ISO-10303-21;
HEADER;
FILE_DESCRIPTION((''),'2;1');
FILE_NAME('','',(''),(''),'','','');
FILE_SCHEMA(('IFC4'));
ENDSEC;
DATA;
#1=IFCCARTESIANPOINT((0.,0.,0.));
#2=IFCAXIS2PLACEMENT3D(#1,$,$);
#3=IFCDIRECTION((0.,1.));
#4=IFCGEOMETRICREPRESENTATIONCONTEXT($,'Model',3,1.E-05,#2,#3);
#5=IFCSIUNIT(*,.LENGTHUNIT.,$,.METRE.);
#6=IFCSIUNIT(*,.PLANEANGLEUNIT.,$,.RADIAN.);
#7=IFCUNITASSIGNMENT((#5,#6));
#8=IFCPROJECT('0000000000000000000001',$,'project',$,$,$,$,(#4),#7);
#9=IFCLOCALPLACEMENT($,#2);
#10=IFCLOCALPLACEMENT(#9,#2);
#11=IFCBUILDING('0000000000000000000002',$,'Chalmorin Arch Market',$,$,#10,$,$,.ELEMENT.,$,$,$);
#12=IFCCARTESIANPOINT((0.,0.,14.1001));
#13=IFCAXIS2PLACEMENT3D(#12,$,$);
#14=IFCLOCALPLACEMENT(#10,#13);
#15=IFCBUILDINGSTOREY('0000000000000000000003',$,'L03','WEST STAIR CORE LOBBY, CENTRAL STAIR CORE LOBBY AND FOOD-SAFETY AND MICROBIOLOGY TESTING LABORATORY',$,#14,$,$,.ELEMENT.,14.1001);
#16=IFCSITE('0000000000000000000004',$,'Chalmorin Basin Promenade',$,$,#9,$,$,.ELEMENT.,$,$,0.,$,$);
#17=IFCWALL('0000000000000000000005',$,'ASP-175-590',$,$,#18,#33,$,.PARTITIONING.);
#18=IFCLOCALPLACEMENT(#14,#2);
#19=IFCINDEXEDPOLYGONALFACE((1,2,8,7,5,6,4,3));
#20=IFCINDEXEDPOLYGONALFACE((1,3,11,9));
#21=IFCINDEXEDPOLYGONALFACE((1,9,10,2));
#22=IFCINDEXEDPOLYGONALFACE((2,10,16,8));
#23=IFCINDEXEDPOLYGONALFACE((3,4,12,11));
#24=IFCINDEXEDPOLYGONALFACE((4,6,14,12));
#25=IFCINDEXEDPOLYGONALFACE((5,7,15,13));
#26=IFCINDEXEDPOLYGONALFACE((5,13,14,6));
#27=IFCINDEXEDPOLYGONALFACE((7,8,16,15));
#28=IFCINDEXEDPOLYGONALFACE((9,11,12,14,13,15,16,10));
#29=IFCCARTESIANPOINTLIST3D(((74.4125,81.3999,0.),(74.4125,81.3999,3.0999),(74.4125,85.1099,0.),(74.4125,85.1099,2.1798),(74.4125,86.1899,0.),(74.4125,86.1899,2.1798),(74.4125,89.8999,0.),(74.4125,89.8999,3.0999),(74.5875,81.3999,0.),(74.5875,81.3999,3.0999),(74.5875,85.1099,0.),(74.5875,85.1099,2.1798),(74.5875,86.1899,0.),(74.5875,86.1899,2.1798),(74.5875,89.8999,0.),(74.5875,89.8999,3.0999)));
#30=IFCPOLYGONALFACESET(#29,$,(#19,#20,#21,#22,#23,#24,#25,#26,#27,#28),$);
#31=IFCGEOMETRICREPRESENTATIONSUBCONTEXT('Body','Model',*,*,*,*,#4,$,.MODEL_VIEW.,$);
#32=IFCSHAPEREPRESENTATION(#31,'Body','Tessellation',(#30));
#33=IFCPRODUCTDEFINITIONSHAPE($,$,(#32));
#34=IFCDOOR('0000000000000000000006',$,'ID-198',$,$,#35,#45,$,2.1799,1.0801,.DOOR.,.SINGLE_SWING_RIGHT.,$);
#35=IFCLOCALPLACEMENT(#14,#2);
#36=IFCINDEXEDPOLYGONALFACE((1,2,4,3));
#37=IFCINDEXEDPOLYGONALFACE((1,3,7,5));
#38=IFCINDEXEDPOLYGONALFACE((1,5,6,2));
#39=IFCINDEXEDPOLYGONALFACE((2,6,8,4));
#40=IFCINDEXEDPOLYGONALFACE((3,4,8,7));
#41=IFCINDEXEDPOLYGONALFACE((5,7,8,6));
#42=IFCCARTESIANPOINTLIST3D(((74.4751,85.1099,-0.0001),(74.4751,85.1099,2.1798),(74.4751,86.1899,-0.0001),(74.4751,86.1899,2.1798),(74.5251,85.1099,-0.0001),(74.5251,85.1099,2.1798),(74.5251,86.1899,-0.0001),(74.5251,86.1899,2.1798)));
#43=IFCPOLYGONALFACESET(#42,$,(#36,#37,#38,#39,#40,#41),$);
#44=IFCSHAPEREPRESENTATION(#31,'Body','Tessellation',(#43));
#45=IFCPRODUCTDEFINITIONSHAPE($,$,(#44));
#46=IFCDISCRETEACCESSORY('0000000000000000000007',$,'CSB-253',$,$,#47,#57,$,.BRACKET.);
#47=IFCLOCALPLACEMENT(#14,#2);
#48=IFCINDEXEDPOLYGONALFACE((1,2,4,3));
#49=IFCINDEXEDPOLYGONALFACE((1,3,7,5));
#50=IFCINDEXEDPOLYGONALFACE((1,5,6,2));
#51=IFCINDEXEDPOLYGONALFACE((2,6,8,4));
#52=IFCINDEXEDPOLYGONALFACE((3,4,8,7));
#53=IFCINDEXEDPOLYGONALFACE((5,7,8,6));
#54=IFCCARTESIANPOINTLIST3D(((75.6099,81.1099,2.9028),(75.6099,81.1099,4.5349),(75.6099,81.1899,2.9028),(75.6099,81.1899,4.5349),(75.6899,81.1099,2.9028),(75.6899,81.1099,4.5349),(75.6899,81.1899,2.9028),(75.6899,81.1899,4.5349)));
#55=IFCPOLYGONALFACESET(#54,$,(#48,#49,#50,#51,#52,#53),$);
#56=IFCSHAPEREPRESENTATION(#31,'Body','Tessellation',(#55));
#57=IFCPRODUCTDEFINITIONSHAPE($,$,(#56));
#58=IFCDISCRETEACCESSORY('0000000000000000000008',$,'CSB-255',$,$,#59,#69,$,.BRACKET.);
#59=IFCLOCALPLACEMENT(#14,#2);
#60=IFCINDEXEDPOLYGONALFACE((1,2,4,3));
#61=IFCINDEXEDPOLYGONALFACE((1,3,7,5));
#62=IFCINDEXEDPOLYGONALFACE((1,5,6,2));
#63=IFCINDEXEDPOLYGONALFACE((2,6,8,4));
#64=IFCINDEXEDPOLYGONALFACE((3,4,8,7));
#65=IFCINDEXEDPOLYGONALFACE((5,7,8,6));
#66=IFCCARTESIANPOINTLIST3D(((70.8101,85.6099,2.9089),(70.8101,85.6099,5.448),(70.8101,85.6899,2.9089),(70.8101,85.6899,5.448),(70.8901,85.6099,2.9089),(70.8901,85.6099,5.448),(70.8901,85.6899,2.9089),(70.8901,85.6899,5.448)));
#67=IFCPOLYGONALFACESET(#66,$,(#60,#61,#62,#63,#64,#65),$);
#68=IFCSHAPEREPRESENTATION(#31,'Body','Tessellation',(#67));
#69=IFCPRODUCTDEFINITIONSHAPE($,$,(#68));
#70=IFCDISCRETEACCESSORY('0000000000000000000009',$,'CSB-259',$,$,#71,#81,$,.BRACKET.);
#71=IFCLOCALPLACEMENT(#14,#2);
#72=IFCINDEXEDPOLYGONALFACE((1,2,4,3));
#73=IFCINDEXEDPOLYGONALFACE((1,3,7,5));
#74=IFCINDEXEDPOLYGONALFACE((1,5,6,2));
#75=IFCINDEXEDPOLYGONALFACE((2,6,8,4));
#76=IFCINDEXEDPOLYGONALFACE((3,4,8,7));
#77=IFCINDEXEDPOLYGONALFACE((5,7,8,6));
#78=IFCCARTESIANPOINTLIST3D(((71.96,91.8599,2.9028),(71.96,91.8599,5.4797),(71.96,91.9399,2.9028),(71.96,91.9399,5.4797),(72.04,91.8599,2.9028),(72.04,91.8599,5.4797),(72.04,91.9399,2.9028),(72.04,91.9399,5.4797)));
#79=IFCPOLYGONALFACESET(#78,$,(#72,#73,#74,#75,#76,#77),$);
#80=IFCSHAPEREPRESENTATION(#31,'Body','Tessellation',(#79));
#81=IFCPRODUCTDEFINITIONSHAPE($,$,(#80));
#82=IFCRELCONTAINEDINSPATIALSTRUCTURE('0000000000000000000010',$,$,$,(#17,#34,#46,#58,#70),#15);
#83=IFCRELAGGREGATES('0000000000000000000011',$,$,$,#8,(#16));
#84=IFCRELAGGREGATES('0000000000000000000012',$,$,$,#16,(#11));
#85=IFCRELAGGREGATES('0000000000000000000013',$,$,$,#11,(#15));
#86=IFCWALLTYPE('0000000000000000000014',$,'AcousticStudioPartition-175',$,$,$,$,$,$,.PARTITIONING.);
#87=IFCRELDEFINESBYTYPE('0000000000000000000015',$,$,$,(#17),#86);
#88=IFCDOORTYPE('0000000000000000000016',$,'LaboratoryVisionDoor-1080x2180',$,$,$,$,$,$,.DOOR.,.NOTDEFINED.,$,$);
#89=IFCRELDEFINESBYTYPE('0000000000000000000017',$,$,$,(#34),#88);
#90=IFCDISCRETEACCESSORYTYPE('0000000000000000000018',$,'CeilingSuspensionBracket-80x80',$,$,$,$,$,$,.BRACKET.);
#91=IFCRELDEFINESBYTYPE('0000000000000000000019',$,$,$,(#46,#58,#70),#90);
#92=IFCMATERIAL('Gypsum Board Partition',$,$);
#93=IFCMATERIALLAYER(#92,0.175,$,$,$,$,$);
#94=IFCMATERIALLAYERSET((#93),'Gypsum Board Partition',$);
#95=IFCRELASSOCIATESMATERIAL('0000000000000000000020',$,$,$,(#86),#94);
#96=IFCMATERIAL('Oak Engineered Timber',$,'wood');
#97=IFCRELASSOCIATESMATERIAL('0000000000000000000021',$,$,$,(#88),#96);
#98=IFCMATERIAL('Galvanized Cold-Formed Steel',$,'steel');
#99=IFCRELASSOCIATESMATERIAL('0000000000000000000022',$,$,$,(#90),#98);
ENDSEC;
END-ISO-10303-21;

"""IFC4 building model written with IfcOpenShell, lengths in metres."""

from ifc_helpers import new_model, si_unit, direction, frame, frame_2d, origin, origin_2d, place, context, subcontext, project, spatial, rectangle, extrude, material, layer, layer_set, type_object, element, fill, save


model = new_model("IFC4")

# Units and contexts
model_context = context("Model", 3, precision=1e-05, world=origin(), true_north=direction((0.0, 1.0)))
body_context = subcontext(model_context, "Body", "Model", "MODEL_VIEW")
ifc_project = project(units=[si_unit("LENGTHUNIT", "METRE"), si_unit("PLANEANGLEUNIT", "RADIAN")], contexts=[model_context])

# Site, building, storey
site_placement = place(None, origin())
site = spatial("IfcSite", under=ifc_project, at=site_placement, Name="Chalmorin Basin Promenade", CompositionType="ELEMENT", RefElevation=0.0)
building_placement = place(site_placement, origin())
building = spatial("IfcBuilding", under=site, at=building_placement, Name="Chalmorin Arch Market", CompositionType="ELEMENT")
storey_placement = place(building_placement, frame((0.0, 0.0, 14.1001)))
storey = spatial("IfcBuildingStorey", under=building, at=storey_placement, Name="L03", Description="WEST STAIR CORE LOBBY, CENTRAL STAIR CORE LOBBY AND FOOD-SAFETY AND MICROBIOLOGY TESTING LABORATORY", CompositionType="ELEMENT", Elevation=14.1001)

# Wall, opening, door
ifc_material_1 = material(Name="Gypsum Board Partition")
ifc_layer_1 = layer(ifc_material_1, 0.175)
ifc_layer_set_1 = layer_set([ifc_layer_1], Name="Gypsum Board Partition")
wall_type_1 = type_object("IfcWallType", Name="AcousticStudioPartition-175", PredefinedType="PARTITIONING", material=ifc_layer_set_1)
wall_1_placement = place(storey_placement, frame((74.5, 81.3999, 0.0), z_axis=(0.0, 0.0, 1.0), x_axis=(0.0, 1.0, 0.0)))
wall_1 = element("IfcWall", 1, at=wall_1_placement, inside=storey, type_object=wall_type_1, Name="ASP-175-590", PredefinedType="PARTITIONING", context=body_context, shape_type="SweptSolid", body=[
    extrude(rectangle(XDim=8.5, YDim=0.175, at=frame_2d((4.25, 0.0))), origin(), (0.0, 0.0, 1.0), 3.0999),
])
opening_1_placement = place(wall_1_placement, frame((3.71, 0.0, 0.0)))
opening_1 = element("IfcOpeningElement", 2, at=opening_1_placement, cuts=wall_1, PredefinedType="OPENING", context=body_context, shape_type="SweptSolid", body=[
    extrude(rectangle(XDim=1.0801, YDim=2.1799, at=frame_2d((0.54, 1.0898))), frame((0.0, 0.0974, 0.0), z_axis=(0.0, -1.0, 0.0), x_axis=(1.0, 0.0, 0.0)), (0.0, 0.0, 1.0), 0.1951),
])
ifc_material_2 = material(Name="Oak Engineered Timber", Category="wood")
door_type_1 = type_object("IfcDoorType", Name="LaboratoryVisionDoor-1080x2180", OperationType="NOTDEFINED", PredefinedType="DOOR", material=ifc_material_2)
door_1_placement = place(opening_1_placement, origin())
door_1 = element("IfcDoor", 3, at=door_1_placement, inside=storey, type_object=door_type_1, Name="ID-198", OperationType="SINGLE_SWING_RIGHT", OverallHeight=2.1799, OverallWidth=1.0801, PredefinedType="DOOR", context=body_context, shape_type="SweptSolid", body=[
    extrude(rectangle(XDim=1.0801, YDim=2.1799, at=frame_2d((0.54, 1.0898))), frame((0.0, 0.0249, 0.0), z_axis=(0.0, -1.0, 0.0), x_axis=(1.0, 0.0, 0.0)), (0.0, 0.0, 1.0), 0.05),
])
fill(opening_1, door_1)

# Discrete accessories
ifc_material_3 = material(Name="Galvanized Cold-Formed Steel", Category="steel")
discrete_accessory_type = type_object("IfcDiscreteAccessoryType", Name="CeilingSuspensionBracket-80x80", PredefinedType="BRACKET", material=ifc_material_3)
discrete_accessory_1_placement = place(storey_placement, frame((75.6499, 81.1499, 2.9028), z_axis=(0.0, 0.0, 1.0), x_axis=(1.0, 0.0, 0.0)))
element("IfcDiscreteAccessory", 4, at=discrete_accessory_1_placement, inside=storey, type_object=discrete_accessory_type, Name="CSB-253", PredefinedType="BRACKET", context=body_context, shape_type="SweptSolid", body=[
    extrude(rectangle(XDim=0.0801, YDim=0.0801, at=origin_2d()), origin(), (0.0, 0.0, 1.0), 1.6321),
])
discrete_accessory_2_placement = place(storey_placement, frame((70.8501, 85.6499, 2.9089), z_axis=(0.0, 0.0, 1.0), x_axis=(1.0, 0.0, 0.0)))
element("IfcDiscreteAccessory", 5, at=discrete_accessory_2_placement, inside=storey, type_object=discrete_accessory_type, Name="CSB-255", PredefinedType="BRACKET", context=body_context, shape_type="SweptSolid", body=[
    extrude(rectangle(XDim=0.0801, YDim=0.0801, at=origin_2d()), origin(), (0.0, 0.0, 1.0), 2.5391),
])
discrete_accessory_3_placement = place(storey_placement, frame((72.0, 91.8999, 2.9028), z_axis=(0.0, 0.0, 1.0), x_axis=(1.0, 0.0, 0.0)))
element("IfcDiscreteAccessory", 6, at=discrete_accessory_3_placement, inside=storey, type_object=discrete_accessory_type, Name="CSB-259", PredefinedType="BRACKET", context=body_context, shape_type="SweptSolid", body=[
    extrude(rectangle(XDim=0.0801, YDim=0.0801, at=origin_2d()), origin(), (0.0, 0.0, 1.0), 2.5769),
])

save(model, "model.ifc")
